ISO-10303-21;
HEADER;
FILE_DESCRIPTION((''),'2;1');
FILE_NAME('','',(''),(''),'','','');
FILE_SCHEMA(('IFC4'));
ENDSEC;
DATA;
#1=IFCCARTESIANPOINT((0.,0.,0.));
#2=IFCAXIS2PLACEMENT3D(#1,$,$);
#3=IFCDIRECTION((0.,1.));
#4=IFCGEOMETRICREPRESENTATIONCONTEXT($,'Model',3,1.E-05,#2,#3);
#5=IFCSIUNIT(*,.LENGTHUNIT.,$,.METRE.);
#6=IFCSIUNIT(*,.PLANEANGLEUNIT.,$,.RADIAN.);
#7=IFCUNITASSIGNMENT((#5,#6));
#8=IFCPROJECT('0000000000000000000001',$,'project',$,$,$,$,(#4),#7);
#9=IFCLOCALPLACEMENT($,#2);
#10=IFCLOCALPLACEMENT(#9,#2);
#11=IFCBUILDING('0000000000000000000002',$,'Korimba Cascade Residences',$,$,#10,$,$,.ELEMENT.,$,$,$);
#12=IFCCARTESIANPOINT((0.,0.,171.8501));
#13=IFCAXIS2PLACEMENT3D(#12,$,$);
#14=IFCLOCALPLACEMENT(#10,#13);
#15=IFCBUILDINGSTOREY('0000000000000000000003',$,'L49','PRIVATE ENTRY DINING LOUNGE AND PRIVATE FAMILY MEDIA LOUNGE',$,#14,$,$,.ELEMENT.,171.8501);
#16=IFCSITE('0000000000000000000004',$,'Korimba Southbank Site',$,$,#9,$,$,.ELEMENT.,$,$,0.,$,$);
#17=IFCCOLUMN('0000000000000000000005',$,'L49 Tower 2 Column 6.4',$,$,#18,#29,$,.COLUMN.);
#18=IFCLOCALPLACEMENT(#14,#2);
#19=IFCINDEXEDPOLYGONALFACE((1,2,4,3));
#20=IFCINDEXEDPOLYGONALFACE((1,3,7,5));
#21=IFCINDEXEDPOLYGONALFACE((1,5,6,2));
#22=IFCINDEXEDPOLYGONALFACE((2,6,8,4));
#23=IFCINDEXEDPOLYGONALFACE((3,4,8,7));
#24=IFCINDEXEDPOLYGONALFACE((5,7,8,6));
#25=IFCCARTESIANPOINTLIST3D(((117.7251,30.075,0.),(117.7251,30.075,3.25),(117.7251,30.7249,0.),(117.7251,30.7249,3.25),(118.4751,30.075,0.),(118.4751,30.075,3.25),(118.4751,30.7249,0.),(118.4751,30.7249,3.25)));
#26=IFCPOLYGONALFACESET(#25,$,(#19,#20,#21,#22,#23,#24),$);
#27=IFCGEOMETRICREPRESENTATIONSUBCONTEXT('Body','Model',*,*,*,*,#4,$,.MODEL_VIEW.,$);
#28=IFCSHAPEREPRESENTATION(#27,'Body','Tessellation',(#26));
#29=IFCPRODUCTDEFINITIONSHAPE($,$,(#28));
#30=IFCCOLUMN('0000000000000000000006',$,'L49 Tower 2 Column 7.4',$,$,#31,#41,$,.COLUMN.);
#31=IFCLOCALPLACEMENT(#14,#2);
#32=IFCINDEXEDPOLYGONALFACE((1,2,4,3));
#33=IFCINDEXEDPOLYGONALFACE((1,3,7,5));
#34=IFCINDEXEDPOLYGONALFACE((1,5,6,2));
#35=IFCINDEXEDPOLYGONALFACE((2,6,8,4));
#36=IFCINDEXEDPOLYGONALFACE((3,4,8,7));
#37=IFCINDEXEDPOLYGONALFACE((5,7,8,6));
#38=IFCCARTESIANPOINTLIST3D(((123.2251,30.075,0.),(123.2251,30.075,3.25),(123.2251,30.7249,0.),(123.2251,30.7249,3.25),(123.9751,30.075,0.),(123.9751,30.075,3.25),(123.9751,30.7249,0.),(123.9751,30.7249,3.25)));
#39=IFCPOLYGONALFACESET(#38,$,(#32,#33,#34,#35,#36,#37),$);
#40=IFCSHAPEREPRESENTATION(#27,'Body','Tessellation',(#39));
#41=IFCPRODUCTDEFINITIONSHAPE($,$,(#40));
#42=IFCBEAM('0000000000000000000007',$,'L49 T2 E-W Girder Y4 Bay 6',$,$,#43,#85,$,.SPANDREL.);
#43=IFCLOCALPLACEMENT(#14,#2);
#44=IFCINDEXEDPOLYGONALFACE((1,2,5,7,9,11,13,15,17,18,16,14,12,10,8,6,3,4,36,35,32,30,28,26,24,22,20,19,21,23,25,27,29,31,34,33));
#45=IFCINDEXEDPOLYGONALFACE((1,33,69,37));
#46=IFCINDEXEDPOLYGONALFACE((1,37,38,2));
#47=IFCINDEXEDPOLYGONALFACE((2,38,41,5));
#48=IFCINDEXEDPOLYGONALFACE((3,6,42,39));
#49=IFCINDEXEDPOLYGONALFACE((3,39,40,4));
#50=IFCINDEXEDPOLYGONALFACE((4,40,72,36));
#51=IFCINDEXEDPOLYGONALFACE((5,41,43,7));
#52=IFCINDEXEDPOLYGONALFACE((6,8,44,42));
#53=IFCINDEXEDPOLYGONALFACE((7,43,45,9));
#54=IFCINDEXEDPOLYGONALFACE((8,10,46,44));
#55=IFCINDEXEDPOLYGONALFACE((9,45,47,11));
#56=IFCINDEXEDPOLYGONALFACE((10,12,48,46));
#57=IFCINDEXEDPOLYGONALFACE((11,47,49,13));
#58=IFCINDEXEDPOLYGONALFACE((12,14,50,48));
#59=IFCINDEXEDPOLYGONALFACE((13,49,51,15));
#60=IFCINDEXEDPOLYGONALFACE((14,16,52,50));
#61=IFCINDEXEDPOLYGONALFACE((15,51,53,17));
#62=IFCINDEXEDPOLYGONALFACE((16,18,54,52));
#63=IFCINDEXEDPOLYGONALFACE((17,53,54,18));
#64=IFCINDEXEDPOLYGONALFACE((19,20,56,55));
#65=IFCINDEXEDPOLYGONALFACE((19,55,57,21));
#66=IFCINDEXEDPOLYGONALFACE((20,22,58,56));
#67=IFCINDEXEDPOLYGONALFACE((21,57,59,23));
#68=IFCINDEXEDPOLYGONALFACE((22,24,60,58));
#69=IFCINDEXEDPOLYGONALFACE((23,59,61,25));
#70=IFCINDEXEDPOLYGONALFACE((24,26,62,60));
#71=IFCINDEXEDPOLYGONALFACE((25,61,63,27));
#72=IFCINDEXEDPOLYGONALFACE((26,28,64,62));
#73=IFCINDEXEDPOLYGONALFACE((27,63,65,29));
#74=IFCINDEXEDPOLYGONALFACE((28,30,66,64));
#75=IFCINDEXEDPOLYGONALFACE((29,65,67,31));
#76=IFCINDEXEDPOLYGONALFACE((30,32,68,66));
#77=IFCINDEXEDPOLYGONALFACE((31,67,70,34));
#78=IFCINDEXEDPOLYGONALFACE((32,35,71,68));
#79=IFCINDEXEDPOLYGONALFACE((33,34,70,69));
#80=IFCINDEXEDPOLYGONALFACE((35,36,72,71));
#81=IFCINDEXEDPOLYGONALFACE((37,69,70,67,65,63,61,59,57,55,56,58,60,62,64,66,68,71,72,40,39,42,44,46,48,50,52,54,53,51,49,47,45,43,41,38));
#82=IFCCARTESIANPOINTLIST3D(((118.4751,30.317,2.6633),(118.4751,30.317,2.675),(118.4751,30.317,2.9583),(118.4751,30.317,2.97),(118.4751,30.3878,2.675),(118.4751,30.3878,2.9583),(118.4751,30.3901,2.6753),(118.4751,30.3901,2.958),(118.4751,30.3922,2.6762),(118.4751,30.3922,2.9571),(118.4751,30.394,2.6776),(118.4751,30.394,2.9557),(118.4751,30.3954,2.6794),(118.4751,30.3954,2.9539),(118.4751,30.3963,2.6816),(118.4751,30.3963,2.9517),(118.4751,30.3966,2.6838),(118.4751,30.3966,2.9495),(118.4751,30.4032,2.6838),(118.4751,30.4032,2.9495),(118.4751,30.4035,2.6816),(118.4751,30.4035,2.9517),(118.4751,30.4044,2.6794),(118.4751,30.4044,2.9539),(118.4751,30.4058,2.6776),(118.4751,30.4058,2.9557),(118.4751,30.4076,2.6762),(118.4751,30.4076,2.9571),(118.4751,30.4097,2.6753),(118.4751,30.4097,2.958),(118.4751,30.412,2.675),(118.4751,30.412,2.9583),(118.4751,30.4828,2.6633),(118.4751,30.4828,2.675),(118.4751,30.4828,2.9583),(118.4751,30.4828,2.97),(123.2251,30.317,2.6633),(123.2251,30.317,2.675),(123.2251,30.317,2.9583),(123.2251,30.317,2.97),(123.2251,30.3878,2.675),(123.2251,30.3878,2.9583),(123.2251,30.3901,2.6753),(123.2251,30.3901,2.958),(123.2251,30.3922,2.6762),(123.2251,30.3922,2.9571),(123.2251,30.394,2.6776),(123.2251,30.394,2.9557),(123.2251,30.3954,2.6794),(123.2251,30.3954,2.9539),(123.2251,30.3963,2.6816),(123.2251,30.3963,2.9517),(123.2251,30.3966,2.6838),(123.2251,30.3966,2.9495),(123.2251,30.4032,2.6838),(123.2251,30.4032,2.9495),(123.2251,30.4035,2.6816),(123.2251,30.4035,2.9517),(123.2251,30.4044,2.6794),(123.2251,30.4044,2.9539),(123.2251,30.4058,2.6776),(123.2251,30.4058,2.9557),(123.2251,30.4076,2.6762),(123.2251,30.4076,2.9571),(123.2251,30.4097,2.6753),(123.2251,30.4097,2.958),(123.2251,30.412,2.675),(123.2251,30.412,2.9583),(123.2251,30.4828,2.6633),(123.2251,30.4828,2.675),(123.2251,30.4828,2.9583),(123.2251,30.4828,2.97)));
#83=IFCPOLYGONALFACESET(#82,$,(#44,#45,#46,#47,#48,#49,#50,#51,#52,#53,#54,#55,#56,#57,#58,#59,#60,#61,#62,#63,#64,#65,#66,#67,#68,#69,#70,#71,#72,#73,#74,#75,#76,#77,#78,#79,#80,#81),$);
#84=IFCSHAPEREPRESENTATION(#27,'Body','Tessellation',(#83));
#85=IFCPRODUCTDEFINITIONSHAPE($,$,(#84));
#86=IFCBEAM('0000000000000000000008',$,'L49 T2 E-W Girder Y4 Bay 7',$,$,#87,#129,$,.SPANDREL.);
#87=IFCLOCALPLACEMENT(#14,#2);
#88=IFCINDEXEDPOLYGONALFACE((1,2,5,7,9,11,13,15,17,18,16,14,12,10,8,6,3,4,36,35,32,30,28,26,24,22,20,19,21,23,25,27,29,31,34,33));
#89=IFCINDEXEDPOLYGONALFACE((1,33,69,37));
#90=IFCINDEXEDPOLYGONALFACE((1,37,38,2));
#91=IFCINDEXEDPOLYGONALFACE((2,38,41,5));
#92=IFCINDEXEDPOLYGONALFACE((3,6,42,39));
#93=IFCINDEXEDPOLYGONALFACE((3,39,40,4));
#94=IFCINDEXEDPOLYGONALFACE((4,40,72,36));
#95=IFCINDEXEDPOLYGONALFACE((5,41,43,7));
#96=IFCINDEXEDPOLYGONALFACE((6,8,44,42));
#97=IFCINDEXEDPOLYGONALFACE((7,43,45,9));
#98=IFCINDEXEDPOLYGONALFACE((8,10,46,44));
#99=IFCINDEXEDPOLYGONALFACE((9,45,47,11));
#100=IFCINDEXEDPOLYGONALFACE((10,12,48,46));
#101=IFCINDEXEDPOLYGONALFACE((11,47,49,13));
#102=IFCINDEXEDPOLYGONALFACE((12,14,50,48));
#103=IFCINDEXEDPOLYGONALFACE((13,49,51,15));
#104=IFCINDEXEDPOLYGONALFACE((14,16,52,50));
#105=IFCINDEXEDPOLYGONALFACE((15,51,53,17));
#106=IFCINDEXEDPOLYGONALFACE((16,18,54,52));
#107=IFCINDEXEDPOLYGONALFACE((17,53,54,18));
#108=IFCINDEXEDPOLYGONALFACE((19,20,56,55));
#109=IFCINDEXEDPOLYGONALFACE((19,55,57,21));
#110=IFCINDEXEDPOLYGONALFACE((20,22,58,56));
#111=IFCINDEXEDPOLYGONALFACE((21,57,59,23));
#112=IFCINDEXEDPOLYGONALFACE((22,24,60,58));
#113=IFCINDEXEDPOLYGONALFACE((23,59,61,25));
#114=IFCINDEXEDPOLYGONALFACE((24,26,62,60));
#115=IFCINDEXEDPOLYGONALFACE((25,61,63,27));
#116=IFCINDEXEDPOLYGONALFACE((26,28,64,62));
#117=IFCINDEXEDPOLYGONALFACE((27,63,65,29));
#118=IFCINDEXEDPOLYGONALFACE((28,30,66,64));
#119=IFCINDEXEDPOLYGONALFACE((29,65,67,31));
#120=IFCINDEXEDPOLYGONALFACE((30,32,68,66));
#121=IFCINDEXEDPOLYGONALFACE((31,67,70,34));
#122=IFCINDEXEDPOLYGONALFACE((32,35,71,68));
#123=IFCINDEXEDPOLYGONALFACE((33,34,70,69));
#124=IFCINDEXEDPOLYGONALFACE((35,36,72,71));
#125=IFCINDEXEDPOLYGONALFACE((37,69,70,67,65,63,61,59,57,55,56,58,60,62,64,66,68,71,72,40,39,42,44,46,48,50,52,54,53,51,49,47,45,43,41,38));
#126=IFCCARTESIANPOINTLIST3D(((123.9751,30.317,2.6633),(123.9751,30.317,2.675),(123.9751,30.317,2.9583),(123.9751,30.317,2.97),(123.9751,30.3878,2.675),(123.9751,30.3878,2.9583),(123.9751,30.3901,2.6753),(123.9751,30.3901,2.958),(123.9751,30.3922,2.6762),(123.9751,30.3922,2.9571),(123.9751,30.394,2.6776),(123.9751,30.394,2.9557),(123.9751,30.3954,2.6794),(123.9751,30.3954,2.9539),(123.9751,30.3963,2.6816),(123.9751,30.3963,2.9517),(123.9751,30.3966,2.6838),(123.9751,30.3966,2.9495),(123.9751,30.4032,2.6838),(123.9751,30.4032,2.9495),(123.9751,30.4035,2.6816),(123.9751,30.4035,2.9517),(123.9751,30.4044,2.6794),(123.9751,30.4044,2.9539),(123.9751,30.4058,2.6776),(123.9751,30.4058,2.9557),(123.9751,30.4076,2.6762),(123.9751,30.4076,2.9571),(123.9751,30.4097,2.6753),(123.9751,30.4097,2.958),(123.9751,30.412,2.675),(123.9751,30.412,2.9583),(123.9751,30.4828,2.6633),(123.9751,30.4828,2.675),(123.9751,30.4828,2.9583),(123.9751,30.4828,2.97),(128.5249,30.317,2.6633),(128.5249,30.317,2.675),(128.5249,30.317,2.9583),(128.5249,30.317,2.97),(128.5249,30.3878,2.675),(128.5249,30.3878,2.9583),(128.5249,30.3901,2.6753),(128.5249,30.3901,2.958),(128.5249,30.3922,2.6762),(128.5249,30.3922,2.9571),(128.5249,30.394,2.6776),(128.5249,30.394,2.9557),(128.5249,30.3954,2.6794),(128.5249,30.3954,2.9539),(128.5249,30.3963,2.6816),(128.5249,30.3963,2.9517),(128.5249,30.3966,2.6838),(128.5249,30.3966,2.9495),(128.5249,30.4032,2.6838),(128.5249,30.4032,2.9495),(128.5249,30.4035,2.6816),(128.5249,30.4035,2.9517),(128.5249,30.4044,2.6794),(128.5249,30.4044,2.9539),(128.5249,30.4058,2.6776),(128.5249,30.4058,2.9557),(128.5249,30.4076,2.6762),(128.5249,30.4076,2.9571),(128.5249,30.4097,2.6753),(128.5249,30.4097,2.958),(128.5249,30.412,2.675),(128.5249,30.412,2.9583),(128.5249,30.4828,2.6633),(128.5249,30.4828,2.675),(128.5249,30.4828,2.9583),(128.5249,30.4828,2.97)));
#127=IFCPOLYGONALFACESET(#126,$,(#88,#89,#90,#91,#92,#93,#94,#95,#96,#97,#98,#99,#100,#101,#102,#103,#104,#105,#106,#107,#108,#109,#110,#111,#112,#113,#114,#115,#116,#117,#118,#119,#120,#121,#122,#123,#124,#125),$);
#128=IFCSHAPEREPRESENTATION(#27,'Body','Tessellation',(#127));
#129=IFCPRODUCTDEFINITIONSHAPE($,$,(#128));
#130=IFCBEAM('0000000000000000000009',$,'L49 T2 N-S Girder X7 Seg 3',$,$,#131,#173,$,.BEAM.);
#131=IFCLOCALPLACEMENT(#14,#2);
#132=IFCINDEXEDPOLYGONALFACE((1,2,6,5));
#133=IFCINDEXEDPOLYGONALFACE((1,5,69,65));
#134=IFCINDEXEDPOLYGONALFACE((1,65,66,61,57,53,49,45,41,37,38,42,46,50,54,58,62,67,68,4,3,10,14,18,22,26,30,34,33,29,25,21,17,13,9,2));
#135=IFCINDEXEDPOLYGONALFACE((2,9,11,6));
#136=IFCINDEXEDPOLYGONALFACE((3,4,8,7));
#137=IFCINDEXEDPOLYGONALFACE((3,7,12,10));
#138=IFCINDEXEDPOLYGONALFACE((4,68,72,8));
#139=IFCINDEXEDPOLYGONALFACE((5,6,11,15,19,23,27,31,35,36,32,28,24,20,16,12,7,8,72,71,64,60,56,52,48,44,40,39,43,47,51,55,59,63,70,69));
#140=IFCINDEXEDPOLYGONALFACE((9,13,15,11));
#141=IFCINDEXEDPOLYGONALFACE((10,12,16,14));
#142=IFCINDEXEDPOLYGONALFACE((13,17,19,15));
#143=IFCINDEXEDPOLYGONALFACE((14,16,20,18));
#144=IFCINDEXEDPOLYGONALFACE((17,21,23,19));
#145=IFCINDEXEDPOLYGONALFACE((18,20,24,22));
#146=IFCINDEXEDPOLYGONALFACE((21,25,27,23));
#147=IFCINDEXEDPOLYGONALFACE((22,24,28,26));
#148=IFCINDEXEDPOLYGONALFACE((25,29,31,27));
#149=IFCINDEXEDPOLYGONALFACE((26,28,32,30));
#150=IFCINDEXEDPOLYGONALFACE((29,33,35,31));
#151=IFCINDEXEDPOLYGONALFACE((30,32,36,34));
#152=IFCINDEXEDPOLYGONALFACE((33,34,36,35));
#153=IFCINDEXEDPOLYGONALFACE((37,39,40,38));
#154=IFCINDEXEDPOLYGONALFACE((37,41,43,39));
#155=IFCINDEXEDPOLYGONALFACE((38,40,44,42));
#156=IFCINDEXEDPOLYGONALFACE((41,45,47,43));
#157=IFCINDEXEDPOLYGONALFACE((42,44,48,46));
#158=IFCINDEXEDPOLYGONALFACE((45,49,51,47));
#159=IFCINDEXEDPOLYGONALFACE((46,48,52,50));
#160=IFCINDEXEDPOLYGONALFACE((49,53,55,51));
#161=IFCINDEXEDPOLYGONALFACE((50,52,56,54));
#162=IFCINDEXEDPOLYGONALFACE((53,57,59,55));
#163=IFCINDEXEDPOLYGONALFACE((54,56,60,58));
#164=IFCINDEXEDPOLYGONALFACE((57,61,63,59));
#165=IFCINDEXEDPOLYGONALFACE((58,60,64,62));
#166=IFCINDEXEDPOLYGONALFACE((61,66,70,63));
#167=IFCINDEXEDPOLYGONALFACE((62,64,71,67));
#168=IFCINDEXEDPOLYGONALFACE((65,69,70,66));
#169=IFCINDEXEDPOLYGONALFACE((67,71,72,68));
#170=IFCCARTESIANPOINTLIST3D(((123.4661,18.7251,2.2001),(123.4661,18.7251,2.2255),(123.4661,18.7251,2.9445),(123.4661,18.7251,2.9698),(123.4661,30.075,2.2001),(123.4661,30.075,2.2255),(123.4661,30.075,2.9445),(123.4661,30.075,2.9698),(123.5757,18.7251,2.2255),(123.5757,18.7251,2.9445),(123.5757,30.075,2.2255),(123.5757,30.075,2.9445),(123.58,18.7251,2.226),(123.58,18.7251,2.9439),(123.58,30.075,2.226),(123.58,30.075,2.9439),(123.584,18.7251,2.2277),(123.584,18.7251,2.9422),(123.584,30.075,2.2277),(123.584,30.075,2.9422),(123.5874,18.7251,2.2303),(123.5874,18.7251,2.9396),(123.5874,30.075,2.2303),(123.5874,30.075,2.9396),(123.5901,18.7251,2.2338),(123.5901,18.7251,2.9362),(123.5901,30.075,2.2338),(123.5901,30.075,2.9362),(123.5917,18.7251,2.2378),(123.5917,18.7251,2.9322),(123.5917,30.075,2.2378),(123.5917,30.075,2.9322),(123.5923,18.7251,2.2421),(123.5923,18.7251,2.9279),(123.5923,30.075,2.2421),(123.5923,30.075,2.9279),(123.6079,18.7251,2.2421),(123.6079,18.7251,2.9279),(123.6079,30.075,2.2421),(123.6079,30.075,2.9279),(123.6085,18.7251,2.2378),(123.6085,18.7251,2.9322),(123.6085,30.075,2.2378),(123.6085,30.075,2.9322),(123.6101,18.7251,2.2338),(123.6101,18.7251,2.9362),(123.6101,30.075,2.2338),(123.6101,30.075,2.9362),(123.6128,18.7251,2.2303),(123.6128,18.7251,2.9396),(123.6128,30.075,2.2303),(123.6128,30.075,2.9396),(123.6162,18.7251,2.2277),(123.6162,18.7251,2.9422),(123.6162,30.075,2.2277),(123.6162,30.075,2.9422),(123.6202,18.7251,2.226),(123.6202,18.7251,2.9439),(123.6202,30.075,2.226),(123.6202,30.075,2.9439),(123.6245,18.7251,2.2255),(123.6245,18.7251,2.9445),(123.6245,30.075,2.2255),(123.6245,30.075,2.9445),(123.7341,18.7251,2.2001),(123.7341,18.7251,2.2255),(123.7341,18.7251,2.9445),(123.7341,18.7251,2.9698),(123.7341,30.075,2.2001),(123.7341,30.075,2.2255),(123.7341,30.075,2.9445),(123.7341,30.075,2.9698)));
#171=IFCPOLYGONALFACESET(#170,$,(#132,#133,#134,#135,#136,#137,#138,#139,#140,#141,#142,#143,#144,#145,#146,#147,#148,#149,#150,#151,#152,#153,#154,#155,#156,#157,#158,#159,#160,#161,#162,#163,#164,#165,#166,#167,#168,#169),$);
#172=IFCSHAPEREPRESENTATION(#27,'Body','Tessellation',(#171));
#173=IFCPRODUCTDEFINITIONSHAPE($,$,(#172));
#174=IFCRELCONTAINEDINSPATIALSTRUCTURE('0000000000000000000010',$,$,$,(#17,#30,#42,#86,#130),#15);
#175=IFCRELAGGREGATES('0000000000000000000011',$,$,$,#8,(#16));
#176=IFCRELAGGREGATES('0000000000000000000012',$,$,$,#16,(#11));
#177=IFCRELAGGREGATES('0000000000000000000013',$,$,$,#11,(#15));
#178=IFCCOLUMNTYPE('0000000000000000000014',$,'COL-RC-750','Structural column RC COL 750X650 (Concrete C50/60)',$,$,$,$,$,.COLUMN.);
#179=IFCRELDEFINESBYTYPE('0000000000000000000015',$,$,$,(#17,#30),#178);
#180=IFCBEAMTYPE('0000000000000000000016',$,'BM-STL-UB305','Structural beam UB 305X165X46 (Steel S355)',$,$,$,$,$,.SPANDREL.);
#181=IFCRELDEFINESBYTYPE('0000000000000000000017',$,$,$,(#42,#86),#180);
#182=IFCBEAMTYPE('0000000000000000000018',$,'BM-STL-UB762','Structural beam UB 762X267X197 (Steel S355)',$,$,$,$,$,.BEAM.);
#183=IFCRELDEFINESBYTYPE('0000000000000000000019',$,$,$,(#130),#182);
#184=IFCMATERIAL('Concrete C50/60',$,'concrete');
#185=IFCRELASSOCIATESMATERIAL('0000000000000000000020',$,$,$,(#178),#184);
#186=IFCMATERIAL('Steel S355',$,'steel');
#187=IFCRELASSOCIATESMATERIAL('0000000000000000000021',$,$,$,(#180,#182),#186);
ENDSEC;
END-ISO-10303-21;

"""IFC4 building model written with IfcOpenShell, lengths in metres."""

from ifc_helpers import new_model, si_unit, direction, frame, origin, origin_2d, place, context, subcontext, project, spatial, rectangle, i_section, extrude, material, material_profile, profile_set, type_object, element, save


model = new_model("IFC4")

# Units and contexts
model_context = context("Model", 3, precision=1e-05, world=origin(), true_north=direction((0.0, 1.0)))
body_context = subcontext(model_context, "Body", "Model", "MODEL_VIEW")
ifc_project = project(units=[si_unit("LENGTHUNIT", "METRE"), si_unit("PLANEANGLEUNIT", "RADIAN")], contexts=[model_context])

# Site, building, storey
site_placement = place(None, origin())
site = spatial("IfcSite", under=ifc_project, at=site_placement, Name="Korimba Southbank Site", CompositionType="ELEMENT", RefElevation=0.0)
building_placement = place(site_placement, origin())
building = spatial("IfcBuilding", under=site, at=building_placement, Name="Korimba Cascade Residences", CompositionType="ELEMENT")
storey_placement = place(building_placement, frame((0.0, 0.0, 171.8501)))
storey = spatial("IfcBuildingStorey", under=building, at=storey_placement, Name="L49", Description="PRIVATE ENTRY DINING LOUNGE AND PRIVATE FAMILY MEDIA LOUNGE", CompositionType="ELEMENT", Elevation=171.8501)

# Columns
ifc_material_1 = material(Name="Concrete C50/60", Category="concrete")
ifc_material_profile_1 = material_profile(ifc_material_1, rectangle(XDim=0.75, YDim=0.6499, at=origin_2d()), Name="Concrete C50/60")
ifc_profile_set_1 = profile_set([ifc_material_profile_1], Name="Concrete C50/60")
column_type = type_object("IfcColumnType", Name="COL-RC-750", Description="Structural column RC COL 750X650 (Concrete C50/60)", PredefinedType="COLUMN", material=ifc_profile_set_1)
for number, where, z_axis, x_axis, name in (
    (1, (118.1001, 30.3999, 0.0), (0.0, 0.0, 1.0), (1.0, 0.0, 0.0), "L49 Tower 2 Column 6.4"),
    (2, (123.6001, 30.3999, 0.0), (0.0, 0.0, 1.0), (1.0, 0.0, 0.0), "L49 Tower 2 Column 7.4"),
):
    element("IfcColumn", number, at=place(storey_placement, frame(where, z_axis=z_axis, x_axis=x_axis)), inside=storey, type_object=column_type, Name=name, PredefinedType="COLUMN", context=body_context, shape_type="SweptSolid", body=[
        extrude(rectangle(XDim=0.75, YDim=0.6499, at=origin_2d()), origin(), (0.0, 0.0, 1.0), 3.25),
    ])

# Beams
ifc_material_2 = material(Name="Steel S355", Category="steel")
ifc_material_profile_2 = material_profile(ifc_material_2, i_section(OverallWidth=0.1658, OverallDepth=0.3066, WebThickness=0.0066, FlangeThickness=0.0117, FilletRadius=0.0088, at=origin_2d()), Name="Steel S355")
ifc_profile_set_2 = profile_set([ifc_material_profile_2], Name="Steel S355")
beam_type_1 = type_object("IfcBeamType", Name="BM-STL-UB305", Description="Structural beam UB 305X165X46 (Steel S355)", PredefinedType="SPANDREL", material=ifc_profile_set_2)
beam_1_placement = place(storey_placement, frame((118.4751, 30.3999, 2.8167), z_axis=(1.0, 0.0, 0.0), x_axis=(0.0, 1.0, 0.0)))
element("IfcBeam", 3, at=beam_1_placement, inside=storey, type_object=beam_type_1, Name="L49 T2 E-W Girder Y4 Bay 6", PredefinedType="SPANDREL", context=body_context, shape_type="SweptSolid", body=[
    extrude(i_section(OverallWidth=0.1658, OverallDepth=0.3066, WebThickness=0.0066, FlangeThickness=0.0117, FilletRadius=0.0088, at=origin_2d()), origin(), (0.0, 0.0, 1.0), 4.75),
])
beam_2_placement = place(storey_placement, frame((123.9751, 30.3999, 2.8167), z_axis=(1.0, 0.0, 0.0), x_axis=(0.0, 1.0, 0.0)))
element("IfcBeam", 4, at=beam_2_placement, inside=storey, type_object=beam_type_1, Name="L49 T2 E-W Girder Y4 Bay 7", PredefinedType="SPANDREL", context=body_context, shape_type="SweptSolid", body=[
    extrude(i_section(OverallWidth=0.1658, OverallDepth=0.3066, WebThickness=0.0066, FlangeThickness=0.0117, FilletRadius=0.0088, at=origin_2d()), origin(), (0.0, 0.0, 1.0), 4.5498),
])
ifc_material_profile_3 = material_profile(ifc_material_2, i_section(OverallWidth=0.2681, OverallDepth=0.7698, WebThickness=0.0156, FlangeThickness=0.0254, FilletRadius=0.0166, at=origin_2d()), Name="Steel S355")
ifc_profile_set_3 = profile_set([ifc_material_profile_3], Name="Steel S355")
beam_type_2 = type_object("IfcBeamType", Name="BM-STL-UB762", Description="Structural beam UB 762X267X197 (Steel S355)", PredefinedType="BEAM", material=ifc_profile_set_3)
for number, where, z_axis, x_axis, name in (
    (5, (123.6001, 18.7251, 2.585), (0.0, 1.0, 0.0), (-1.0, 0.0, 0.0), "L49 T2 N-S Girder X7 Seg 3"),
):
    element("IfcBeam", number, at=place(storey_placement, frame(where, z_axis=z_axis, x_axis=x_axis)), inside=storey, type_object=beam_type_2, Name=name, PredefinedType="BEAM", context=body_context, shape_type="SweptSolid", body=[
        extrude(i_section(OverallWidth=0.2681, OverallDepth=0.7698, WebThickness=0.0156, FlangeThickness=0.0254, FilletRadius=0.0166, at=origin_2d()), origin(), (0.0, 0.0, 1.0), 11.3499),
    ])

save(model, "model.ifc")
